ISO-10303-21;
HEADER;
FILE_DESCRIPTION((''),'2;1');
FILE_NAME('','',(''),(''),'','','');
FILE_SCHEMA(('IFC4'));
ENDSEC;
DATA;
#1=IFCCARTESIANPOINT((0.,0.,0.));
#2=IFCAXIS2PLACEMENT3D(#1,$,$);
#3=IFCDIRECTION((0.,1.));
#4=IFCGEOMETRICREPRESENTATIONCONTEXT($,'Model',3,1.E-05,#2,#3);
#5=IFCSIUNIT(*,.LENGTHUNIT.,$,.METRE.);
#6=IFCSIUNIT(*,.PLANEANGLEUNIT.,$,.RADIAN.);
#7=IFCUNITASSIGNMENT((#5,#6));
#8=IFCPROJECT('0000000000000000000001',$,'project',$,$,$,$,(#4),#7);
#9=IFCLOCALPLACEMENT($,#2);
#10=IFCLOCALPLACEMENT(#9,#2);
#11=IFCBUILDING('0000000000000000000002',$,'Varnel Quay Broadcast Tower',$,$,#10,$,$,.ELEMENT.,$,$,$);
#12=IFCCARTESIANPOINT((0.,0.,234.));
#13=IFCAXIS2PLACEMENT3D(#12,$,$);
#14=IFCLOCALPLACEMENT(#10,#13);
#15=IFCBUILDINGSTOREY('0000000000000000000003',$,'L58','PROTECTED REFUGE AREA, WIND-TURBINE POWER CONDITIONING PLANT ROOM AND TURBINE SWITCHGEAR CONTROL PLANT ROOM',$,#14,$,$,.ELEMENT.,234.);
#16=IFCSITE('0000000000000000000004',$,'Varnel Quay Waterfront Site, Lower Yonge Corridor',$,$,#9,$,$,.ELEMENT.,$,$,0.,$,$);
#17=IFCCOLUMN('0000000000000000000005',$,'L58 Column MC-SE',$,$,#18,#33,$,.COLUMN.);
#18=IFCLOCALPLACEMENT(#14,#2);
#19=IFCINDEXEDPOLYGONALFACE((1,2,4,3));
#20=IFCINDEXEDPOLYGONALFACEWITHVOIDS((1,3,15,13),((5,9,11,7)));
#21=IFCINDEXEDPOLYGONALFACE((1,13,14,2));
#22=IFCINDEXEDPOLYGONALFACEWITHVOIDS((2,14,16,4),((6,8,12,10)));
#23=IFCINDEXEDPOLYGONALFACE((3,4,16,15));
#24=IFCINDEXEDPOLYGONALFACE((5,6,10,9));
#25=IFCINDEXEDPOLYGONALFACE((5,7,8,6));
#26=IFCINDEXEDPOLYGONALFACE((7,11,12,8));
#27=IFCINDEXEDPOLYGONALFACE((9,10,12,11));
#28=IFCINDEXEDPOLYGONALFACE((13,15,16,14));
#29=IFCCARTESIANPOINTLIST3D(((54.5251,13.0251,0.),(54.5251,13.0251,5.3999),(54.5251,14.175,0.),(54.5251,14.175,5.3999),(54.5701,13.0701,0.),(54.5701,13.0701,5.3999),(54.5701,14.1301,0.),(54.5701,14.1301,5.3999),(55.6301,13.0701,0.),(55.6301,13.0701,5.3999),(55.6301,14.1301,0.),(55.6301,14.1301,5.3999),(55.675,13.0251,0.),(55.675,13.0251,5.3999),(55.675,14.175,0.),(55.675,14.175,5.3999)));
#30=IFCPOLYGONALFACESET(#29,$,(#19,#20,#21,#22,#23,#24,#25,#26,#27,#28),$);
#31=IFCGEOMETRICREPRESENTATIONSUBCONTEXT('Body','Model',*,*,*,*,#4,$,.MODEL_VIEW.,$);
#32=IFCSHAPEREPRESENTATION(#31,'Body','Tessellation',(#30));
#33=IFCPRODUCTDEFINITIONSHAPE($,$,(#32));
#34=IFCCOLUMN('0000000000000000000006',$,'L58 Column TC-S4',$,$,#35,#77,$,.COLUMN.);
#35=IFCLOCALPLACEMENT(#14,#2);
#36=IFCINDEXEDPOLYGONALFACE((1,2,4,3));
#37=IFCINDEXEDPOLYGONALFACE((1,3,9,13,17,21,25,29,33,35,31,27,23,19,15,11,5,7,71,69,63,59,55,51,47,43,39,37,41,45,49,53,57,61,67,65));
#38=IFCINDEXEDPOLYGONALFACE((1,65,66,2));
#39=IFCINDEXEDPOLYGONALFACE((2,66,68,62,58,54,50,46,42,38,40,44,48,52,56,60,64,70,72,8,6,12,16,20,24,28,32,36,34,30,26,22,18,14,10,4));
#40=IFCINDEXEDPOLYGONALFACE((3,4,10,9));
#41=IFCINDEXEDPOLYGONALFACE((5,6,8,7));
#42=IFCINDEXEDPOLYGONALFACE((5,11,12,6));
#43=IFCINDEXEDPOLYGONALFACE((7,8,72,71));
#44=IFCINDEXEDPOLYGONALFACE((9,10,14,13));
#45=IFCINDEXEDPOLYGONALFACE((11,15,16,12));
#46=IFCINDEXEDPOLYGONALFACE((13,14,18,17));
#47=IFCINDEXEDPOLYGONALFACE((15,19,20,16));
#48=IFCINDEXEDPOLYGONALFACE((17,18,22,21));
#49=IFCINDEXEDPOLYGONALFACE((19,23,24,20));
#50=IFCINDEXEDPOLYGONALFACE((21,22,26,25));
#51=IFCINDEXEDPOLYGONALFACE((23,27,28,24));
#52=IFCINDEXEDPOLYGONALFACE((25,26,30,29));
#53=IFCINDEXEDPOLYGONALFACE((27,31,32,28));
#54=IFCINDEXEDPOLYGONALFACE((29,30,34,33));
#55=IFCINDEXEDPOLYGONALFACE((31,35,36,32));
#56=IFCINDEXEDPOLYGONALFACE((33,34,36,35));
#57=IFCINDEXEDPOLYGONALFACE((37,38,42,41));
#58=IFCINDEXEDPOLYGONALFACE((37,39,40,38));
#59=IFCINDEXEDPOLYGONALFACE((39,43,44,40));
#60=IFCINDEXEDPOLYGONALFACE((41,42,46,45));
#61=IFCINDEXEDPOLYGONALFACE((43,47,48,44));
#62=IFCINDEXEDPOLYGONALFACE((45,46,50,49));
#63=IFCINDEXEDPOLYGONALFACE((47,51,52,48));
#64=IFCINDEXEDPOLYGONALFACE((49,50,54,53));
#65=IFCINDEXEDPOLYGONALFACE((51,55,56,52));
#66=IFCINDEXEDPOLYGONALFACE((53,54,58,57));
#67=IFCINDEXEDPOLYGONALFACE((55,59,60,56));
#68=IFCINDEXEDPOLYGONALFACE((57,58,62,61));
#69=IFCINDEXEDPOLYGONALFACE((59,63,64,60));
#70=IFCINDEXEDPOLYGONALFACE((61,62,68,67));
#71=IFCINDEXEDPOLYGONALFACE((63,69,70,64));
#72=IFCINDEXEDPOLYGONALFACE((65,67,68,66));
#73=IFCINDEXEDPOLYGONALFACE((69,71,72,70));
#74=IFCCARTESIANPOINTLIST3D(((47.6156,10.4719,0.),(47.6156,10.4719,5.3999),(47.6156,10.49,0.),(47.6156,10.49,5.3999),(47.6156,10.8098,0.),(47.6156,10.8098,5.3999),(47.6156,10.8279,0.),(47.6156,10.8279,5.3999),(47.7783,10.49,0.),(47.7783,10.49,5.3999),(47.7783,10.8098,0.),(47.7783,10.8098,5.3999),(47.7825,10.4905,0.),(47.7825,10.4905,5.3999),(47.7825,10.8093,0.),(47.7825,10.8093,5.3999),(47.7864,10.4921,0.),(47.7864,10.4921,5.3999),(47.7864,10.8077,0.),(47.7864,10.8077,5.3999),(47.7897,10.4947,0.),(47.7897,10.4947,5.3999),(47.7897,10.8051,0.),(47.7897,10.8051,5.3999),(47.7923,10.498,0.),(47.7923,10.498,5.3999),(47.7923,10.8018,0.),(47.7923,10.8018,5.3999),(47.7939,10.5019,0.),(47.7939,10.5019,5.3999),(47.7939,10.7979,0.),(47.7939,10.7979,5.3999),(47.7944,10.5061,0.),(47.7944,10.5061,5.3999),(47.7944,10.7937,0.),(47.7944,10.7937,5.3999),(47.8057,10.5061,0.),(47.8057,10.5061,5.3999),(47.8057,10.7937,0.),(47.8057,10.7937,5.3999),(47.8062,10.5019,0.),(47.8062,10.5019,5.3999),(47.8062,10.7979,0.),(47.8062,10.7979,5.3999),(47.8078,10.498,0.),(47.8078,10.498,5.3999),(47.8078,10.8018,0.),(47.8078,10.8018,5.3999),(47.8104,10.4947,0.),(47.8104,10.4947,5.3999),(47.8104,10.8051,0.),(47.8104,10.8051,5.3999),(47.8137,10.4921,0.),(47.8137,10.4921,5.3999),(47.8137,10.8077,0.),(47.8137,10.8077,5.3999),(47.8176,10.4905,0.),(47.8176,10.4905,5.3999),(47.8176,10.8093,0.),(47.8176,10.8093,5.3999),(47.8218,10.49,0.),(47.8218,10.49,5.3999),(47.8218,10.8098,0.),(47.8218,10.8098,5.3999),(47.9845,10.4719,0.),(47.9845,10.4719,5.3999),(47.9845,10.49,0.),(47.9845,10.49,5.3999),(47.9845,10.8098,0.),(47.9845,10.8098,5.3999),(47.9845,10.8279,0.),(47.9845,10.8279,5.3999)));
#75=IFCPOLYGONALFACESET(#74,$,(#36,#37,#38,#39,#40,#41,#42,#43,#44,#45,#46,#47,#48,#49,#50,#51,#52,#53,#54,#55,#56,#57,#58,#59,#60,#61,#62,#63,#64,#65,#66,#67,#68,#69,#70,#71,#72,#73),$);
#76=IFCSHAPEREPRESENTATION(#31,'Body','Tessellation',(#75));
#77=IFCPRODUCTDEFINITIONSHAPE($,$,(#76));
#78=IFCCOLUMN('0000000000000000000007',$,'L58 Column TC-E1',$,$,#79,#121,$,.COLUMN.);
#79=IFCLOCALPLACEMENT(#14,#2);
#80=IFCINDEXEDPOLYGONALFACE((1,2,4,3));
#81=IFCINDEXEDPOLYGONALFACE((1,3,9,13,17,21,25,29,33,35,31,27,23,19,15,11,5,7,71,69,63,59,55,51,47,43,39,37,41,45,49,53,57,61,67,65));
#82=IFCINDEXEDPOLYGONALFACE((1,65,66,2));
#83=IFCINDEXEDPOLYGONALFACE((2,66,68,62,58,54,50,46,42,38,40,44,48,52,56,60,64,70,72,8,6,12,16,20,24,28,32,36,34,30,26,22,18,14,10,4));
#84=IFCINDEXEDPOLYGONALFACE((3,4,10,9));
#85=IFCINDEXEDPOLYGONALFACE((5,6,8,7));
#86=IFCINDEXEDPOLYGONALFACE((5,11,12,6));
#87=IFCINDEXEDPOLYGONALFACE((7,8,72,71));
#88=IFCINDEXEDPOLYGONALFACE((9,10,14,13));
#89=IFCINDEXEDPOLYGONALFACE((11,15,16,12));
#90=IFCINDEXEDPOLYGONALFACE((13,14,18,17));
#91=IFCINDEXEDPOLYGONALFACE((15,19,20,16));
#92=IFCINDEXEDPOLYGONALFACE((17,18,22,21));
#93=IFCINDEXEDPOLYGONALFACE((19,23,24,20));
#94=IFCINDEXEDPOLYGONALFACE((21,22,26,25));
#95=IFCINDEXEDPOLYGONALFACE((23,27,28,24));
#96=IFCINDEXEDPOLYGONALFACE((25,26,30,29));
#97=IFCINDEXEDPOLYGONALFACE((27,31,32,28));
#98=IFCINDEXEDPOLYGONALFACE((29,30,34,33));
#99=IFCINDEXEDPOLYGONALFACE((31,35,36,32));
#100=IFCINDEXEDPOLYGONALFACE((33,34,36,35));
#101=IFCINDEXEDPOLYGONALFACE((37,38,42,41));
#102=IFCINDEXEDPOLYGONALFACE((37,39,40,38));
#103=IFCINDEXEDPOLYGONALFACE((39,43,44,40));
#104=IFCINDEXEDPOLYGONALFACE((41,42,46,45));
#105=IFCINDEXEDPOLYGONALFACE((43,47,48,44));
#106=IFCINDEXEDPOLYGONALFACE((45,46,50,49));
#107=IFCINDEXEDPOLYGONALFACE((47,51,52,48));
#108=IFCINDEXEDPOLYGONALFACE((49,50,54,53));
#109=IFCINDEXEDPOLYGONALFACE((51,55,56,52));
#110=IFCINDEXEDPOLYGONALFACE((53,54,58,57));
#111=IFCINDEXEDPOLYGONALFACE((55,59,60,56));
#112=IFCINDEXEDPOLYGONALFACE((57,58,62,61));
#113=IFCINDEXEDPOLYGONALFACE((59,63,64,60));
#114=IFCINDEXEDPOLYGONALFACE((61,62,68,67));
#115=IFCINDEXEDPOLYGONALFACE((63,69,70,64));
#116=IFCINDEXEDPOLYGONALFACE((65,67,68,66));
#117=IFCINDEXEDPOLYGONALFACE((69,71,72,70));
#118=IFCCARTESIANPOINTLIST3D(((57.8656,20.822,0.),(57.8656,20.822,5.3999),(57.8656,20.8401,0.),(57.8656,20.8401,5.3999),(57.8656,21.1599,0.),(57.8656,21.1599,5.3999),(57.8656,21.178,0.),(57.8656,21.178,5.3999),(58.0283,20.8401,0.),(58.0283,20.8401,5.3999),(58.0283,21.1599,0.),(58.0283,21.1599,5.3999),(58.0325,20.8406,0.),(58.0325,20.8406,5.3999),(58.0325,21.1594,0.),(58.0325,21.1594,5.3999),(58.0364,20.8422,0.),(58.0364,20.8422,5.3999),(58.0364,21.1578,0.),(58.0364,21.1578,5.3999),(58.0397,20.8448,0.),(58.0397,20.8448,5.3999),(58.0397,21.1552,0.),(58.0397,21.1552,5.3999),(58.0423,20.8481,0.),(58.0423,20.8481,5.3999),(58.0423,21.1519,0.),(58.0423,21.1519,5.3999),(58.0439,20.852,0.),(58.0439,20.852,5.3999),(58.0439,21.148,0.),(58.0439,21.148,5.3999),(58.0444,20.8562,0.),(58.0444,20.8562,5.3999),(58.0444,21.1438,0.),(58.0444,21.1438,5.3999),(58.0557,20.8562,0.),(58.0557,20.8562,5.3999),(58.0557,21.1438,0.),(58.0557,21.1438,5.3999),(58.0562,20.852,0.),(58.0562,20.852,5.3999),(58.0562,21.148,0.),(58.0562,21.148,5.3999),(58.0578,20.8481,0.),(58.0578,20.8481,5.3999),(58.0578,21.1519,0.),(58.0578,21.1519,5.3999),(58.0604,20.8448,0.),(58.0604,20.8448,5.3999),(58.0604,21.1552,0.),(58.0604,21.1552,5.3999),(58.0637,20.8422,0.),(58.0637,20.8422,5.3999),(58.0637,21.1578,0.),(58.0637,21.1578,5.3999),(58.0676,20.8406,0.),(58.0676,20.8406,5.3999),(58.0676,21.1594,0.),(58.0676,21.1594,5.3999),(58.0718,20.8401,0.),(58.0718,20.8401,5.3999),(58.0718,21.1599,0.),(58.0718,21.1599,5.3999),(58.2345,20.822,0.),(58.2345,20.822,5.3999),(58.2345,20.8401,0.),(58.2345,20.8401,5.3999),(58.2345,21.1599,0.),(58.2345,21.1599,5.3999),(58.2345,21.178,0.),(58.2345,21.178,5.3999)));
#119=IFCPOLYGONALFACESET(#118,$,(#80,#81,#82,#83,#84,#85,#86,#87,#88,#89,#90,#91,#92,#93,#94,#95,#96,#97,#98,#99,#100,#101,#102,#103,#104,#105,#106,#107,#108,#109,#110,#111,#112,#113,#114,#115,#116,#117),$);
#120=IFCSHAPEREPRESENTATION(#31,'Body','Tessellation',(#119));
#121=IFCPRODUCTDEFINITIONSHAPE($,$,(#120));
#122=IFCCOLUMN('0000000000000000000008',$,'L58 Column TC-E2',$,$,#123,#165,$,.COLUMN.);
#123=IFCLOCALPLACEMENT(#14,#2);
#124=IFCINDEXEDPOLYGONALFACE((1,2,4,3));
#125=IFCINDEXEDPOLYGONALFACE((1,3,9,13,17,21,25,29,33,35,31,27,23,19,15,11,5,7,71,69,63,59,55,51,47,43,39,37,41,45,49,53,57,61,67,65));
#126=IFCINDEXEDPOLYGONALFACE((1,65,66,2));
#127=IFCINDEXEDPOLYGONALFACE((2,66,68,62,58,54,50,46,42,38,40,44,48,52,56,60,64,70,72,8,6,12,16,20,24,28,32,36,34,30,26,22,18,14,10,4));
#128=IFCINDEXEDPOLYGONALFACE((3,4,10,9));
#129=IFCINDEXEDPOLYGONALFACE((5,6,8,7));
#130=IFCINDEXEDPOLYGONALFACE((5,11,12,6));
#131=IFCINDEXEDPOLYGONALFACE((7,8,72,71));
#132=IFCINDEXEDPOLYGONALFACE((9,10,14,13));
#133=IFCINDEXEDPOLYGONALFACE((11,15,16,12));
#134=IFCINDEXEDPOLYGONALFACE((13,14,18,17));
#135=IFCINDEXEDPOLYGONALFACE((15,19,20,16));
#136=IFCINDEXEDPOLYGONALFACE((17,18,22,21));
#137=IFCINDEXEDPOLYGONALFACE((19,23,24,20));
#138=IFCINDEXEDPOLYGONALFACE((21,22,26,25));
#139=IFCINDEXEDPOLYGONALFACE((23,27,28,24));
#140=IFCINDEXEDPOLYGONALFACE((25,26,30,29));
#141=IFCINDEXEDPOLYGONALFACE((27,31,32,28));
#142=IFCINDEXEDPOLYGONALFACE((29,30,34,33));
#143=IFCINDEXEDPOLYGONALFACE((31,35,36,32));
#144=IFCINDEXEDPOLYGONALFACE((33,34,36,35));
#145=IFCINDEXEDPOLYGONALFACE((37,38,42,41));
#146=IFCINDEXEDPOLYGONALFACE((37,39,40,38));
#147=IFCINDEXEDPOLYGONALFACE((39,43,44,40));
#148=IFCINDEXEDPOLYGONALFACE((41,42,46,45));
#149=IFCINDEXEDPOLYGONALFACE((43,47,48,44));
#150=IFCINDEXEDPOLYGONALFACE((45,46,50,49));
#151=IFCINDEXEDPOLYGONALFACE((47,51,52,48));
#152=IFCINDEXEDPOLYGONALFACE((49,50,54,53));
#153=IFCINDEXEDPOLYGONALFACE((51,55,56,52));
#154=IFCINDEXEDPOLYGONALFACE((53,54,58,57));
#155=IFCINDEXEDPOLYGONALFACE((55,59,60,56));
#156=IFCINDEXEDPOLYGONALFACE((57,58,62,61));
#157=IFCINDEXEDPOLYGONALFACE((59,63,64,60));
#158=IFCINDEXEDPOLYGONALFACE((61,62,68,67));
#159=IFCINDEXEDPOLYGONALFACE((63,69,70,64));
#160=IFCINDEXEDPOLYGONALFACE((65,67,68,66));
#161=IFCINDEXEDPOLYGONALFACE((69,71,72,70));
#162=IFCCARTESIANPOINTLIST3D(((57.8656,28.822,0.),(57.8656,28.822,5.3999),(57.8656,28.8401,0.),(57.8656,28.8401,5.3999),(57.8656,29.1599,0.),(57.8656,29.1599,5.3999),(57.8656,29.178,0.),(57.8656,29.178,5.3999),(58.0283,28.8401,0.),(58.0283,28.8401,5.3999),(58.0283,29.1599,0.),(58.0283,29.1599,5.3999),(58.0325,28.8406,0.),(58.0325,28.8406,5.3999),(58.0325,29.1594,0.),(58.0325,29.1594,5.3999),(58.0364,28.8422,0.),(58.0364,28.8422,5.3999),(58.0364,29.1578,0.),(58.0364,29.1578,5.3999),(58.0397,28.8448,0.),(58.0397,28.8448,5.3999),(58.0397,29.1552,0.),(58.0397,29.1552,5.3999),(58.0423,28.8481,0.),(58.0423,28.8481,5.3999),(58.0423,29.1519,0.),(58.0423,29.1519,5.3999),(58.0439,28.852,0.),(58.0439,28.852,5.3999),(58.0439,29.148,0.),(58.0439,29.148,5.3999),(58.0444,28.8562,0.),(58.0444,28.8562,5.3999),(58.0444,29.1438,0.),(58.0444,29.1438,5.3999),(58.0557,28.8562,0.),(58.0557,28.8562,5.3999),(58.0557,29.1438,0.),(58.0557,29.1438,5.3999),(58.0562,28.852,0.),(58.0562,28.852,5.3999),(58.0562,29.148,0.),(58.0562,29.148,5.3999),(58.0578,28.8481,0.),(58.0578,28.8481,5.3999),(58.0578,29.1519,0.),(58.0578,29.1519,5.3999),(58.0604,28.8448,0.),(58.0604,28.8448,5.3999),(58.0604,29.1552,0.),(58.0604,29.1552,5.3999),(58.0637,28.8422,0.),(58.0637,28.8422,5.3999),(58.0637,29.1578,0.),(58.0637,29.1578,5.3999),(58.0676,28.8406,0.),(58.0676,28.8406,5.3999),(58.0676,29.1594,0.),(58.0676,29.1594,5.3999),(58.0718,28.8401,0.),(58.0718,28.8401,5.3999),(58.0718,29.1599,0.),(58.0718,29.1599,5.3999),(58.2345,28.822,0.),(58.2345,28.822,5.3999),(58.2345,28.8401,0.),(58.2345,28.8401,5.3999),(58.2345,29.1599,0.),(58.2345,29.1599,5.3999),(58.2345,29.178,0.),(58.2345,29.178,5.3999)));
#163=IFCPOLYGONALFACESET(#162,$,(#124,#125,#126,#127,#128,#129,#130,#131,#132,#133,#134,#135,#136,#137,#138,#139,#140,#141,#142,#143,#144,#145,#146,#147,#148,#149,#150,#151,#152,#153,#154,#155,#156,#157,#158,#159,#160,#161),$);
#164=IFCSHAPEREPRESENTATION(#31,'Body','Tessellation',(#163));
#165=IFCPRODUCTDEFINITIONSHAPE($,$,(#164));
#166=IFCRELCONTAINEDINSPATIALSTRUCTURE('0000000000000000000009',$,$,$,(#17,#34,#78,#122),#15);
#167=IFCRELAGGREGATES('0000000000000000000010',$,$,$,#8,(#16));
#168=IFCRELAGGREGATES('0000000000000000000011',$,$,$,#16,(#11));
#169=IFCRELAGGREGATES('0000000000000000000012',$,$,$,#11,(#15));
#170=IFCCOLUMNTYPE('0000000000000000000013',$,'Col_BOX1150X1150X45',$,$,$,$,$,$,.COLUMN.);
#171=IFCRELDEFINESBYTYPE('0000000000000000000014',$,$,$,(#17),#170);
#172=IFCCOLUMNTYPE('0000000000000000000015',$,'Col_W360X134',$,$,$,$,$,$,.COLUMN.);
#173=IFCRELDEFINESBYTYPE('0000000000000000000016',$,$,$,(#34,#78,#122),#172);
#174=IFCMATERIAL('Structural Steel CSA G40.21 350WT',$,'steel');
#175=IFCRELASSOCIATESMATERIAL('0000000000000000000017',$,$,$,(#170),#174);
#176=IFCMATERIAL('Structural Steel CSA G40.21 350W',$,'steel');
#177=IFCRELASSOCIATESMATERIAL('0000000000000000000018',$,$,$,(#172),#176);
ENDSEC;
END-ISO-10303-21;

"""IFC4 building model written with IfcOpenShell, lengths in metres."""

from ifc_helpers import new_model, si_unit, direction, frame, origin, origin_2d, place, context, subcontext, project, spatial, hollow_rectangle, i_section, extrude, source, transform, mapped, material, material_profile, profile_set, type_object, type_shapes, element, save


model = new_model("IFC4")

# Units and contexts
model_context = context("Model", 3, precision=1e-05, world=origin(), true_north=direction((0.0, 1.0)))
body_context = subcontext(model_context, "Body", "Model", "MODEL_VIEW")
ifc_project = project(units=[si_unit("LENGTHUNIT", "METRE"), si_unit("PLANEANGLEUNIT", "RADIAN")], contexts=[model_context])

# Site, building, storey
site_placement = place(None, origin())
site = spatial("IfcSite", under=ifc_project, at=site_placement, Name="Varnel Quay Waterfront Site, Lower Yonge Corridor", CompositionType="ELEMENT", RefElevation=0.0)
building_placement = place(site_placement, origin())
building = spatial("IfcBuilding", under=site, at=building_placement, Name="Varnel Quay Broadcast Tower", CompositionType="ELEMENT")
storey_placement = place(building_placement, frame((0.0, 0.0, 234.0)))
storey = spatial("IfcBuildingStorey", under=building, at=storey_placement, Name="L58", Description="PROTECTED REFUGE AREA, WIND-TURBINE POWER CONDITIONING PLANT ROOM AND TURBINE SWITCHGEAR CONTROL PLANT ROOM", CompositionType="ELEMENT", Elevation=234.0)

# Columns
ifc_material_1 = material(Name="Structural Steel CSA G40.21 350WT", Category="steel")
ifc_material_profile_1 = material_profile(ifc_material_1, hollow_rectangle(XDim=1.1499, YDim=1.1499, WallThickness=0.0449, at=origin_2d()), Name="BOX1150X1150X45")
ifc_profile_set_1 = profile_set([ifc_material_profile_1], Name="Structural Steel CSA G40.21 350WT")
column_type_1 = type_object("IfcColumnType", Name="Col_BOX1150X1150X45", PredefinedType="COLUMN", material=ifc_profile_set_1)
shared_shape_1 = source(origin(), body_context, "Body", "SweptSolid", [
    extrude(hollow_rectangle(XDim=1.1499, YDim=1.1499, WallThickness=0.0449, at=origin_2d()), origin(), (0.0, 0.0, 1.0), 5.3999),
])
type_shapes(column_type_1, [shared_shape_1])
column_placement = place(storey_placement, frame((55.1001, 13.6001, 0.0), z_axis=(0.0, 0.0, 1.0), x_axis=(1.0, 0.0, 0.0)))
element("IfcColumn", 1, at=column_placement, inside=storey, type_object=column_type_1, Name="L58 Column MC-SE", PredefinedType="COLUMN", context=body_context, shape_type="MappedRepresentation", body=[
    mapped(shared_shape_1, transform((0.0, 0.0, 0.0), x_axis=(1.0, 0.0, 0.0), y_axis=(0.0, 1.0, 0.0), z_axis=(0.0, 0.0, 1.0), scale=1.0)),
])
ifc_material_2 = material(Name="Structural Steel CSA G40.21 350W", Category="steel")
ifc_material_profile_2 = material_profile(ifc_material_2, i_section(OverallWidth=0.3689, OverallDepth=0.356, WebThickness=0.0112, FlangeThickness=0.0181, FilletRadius=0.0161, at=origin_2d()), Name="W360X134")
ifc_profile_set_2 = profile_set([ifc_material_profile_2], Name="Structural Steel CSA G40.21 350W")
column_type_2 = type_object("IfcColumnType", Name="Col_W360X134", PredefinedType="COLUMN", material=ifc_profile_set_2)
shared_shape_2 = source(origin(), body_context, "Body", "SweptSolid", [
    extrude(i_section(OverallWidth=0.3689, OverallDepth=0.356, WebThickness=0.0112, FlangeThickness=0.0181, FilletRadius=0.0161, at=origin_2d()), origin(), (0.0, 0.0, 1.0), 5.3999),
])
type_shapes(column_type_2, [shared_shape_2])
for number, where, z_axis, x_axis, name in (
    (2, (47.8, 10.6499, 0.0), (0.0, 0.0, 1.0), (1.0, 0.0, 0.0), "L58 Column TC-S4"),
    (3, (58.05, 21.0, 0.0), (0.0, 0.0, 1.0), (1.0, 0.0, 0.0), "L58 Column TC-E1"),
    (4, (58.05, 29.0, 0.0), (0.0, 0.0, 1.0), (1.0, 0.0, 0.0), "L58 Column TC-E2"),
):
    element("IfcColumn", number, at=place(storey_placement, frame(where, z_axis=z_axis, x_axis=x_axis)), inside=storey, type_object=column_type_2, Name=name, PredefinedType="COLUMN", context=body_context, shape_type="MappedRepresentation", body=[
        mapped(shared_shape_2, transform((0.0, 0.0, 0.0), x_axis=(1.0, 0.0, 0.0), y_axis=(0.0, 1.0, 0.0), z_axis=(0.0, 0.0, 1.0), scale=1.0)),
    ])

save(model, "model.ifc")
